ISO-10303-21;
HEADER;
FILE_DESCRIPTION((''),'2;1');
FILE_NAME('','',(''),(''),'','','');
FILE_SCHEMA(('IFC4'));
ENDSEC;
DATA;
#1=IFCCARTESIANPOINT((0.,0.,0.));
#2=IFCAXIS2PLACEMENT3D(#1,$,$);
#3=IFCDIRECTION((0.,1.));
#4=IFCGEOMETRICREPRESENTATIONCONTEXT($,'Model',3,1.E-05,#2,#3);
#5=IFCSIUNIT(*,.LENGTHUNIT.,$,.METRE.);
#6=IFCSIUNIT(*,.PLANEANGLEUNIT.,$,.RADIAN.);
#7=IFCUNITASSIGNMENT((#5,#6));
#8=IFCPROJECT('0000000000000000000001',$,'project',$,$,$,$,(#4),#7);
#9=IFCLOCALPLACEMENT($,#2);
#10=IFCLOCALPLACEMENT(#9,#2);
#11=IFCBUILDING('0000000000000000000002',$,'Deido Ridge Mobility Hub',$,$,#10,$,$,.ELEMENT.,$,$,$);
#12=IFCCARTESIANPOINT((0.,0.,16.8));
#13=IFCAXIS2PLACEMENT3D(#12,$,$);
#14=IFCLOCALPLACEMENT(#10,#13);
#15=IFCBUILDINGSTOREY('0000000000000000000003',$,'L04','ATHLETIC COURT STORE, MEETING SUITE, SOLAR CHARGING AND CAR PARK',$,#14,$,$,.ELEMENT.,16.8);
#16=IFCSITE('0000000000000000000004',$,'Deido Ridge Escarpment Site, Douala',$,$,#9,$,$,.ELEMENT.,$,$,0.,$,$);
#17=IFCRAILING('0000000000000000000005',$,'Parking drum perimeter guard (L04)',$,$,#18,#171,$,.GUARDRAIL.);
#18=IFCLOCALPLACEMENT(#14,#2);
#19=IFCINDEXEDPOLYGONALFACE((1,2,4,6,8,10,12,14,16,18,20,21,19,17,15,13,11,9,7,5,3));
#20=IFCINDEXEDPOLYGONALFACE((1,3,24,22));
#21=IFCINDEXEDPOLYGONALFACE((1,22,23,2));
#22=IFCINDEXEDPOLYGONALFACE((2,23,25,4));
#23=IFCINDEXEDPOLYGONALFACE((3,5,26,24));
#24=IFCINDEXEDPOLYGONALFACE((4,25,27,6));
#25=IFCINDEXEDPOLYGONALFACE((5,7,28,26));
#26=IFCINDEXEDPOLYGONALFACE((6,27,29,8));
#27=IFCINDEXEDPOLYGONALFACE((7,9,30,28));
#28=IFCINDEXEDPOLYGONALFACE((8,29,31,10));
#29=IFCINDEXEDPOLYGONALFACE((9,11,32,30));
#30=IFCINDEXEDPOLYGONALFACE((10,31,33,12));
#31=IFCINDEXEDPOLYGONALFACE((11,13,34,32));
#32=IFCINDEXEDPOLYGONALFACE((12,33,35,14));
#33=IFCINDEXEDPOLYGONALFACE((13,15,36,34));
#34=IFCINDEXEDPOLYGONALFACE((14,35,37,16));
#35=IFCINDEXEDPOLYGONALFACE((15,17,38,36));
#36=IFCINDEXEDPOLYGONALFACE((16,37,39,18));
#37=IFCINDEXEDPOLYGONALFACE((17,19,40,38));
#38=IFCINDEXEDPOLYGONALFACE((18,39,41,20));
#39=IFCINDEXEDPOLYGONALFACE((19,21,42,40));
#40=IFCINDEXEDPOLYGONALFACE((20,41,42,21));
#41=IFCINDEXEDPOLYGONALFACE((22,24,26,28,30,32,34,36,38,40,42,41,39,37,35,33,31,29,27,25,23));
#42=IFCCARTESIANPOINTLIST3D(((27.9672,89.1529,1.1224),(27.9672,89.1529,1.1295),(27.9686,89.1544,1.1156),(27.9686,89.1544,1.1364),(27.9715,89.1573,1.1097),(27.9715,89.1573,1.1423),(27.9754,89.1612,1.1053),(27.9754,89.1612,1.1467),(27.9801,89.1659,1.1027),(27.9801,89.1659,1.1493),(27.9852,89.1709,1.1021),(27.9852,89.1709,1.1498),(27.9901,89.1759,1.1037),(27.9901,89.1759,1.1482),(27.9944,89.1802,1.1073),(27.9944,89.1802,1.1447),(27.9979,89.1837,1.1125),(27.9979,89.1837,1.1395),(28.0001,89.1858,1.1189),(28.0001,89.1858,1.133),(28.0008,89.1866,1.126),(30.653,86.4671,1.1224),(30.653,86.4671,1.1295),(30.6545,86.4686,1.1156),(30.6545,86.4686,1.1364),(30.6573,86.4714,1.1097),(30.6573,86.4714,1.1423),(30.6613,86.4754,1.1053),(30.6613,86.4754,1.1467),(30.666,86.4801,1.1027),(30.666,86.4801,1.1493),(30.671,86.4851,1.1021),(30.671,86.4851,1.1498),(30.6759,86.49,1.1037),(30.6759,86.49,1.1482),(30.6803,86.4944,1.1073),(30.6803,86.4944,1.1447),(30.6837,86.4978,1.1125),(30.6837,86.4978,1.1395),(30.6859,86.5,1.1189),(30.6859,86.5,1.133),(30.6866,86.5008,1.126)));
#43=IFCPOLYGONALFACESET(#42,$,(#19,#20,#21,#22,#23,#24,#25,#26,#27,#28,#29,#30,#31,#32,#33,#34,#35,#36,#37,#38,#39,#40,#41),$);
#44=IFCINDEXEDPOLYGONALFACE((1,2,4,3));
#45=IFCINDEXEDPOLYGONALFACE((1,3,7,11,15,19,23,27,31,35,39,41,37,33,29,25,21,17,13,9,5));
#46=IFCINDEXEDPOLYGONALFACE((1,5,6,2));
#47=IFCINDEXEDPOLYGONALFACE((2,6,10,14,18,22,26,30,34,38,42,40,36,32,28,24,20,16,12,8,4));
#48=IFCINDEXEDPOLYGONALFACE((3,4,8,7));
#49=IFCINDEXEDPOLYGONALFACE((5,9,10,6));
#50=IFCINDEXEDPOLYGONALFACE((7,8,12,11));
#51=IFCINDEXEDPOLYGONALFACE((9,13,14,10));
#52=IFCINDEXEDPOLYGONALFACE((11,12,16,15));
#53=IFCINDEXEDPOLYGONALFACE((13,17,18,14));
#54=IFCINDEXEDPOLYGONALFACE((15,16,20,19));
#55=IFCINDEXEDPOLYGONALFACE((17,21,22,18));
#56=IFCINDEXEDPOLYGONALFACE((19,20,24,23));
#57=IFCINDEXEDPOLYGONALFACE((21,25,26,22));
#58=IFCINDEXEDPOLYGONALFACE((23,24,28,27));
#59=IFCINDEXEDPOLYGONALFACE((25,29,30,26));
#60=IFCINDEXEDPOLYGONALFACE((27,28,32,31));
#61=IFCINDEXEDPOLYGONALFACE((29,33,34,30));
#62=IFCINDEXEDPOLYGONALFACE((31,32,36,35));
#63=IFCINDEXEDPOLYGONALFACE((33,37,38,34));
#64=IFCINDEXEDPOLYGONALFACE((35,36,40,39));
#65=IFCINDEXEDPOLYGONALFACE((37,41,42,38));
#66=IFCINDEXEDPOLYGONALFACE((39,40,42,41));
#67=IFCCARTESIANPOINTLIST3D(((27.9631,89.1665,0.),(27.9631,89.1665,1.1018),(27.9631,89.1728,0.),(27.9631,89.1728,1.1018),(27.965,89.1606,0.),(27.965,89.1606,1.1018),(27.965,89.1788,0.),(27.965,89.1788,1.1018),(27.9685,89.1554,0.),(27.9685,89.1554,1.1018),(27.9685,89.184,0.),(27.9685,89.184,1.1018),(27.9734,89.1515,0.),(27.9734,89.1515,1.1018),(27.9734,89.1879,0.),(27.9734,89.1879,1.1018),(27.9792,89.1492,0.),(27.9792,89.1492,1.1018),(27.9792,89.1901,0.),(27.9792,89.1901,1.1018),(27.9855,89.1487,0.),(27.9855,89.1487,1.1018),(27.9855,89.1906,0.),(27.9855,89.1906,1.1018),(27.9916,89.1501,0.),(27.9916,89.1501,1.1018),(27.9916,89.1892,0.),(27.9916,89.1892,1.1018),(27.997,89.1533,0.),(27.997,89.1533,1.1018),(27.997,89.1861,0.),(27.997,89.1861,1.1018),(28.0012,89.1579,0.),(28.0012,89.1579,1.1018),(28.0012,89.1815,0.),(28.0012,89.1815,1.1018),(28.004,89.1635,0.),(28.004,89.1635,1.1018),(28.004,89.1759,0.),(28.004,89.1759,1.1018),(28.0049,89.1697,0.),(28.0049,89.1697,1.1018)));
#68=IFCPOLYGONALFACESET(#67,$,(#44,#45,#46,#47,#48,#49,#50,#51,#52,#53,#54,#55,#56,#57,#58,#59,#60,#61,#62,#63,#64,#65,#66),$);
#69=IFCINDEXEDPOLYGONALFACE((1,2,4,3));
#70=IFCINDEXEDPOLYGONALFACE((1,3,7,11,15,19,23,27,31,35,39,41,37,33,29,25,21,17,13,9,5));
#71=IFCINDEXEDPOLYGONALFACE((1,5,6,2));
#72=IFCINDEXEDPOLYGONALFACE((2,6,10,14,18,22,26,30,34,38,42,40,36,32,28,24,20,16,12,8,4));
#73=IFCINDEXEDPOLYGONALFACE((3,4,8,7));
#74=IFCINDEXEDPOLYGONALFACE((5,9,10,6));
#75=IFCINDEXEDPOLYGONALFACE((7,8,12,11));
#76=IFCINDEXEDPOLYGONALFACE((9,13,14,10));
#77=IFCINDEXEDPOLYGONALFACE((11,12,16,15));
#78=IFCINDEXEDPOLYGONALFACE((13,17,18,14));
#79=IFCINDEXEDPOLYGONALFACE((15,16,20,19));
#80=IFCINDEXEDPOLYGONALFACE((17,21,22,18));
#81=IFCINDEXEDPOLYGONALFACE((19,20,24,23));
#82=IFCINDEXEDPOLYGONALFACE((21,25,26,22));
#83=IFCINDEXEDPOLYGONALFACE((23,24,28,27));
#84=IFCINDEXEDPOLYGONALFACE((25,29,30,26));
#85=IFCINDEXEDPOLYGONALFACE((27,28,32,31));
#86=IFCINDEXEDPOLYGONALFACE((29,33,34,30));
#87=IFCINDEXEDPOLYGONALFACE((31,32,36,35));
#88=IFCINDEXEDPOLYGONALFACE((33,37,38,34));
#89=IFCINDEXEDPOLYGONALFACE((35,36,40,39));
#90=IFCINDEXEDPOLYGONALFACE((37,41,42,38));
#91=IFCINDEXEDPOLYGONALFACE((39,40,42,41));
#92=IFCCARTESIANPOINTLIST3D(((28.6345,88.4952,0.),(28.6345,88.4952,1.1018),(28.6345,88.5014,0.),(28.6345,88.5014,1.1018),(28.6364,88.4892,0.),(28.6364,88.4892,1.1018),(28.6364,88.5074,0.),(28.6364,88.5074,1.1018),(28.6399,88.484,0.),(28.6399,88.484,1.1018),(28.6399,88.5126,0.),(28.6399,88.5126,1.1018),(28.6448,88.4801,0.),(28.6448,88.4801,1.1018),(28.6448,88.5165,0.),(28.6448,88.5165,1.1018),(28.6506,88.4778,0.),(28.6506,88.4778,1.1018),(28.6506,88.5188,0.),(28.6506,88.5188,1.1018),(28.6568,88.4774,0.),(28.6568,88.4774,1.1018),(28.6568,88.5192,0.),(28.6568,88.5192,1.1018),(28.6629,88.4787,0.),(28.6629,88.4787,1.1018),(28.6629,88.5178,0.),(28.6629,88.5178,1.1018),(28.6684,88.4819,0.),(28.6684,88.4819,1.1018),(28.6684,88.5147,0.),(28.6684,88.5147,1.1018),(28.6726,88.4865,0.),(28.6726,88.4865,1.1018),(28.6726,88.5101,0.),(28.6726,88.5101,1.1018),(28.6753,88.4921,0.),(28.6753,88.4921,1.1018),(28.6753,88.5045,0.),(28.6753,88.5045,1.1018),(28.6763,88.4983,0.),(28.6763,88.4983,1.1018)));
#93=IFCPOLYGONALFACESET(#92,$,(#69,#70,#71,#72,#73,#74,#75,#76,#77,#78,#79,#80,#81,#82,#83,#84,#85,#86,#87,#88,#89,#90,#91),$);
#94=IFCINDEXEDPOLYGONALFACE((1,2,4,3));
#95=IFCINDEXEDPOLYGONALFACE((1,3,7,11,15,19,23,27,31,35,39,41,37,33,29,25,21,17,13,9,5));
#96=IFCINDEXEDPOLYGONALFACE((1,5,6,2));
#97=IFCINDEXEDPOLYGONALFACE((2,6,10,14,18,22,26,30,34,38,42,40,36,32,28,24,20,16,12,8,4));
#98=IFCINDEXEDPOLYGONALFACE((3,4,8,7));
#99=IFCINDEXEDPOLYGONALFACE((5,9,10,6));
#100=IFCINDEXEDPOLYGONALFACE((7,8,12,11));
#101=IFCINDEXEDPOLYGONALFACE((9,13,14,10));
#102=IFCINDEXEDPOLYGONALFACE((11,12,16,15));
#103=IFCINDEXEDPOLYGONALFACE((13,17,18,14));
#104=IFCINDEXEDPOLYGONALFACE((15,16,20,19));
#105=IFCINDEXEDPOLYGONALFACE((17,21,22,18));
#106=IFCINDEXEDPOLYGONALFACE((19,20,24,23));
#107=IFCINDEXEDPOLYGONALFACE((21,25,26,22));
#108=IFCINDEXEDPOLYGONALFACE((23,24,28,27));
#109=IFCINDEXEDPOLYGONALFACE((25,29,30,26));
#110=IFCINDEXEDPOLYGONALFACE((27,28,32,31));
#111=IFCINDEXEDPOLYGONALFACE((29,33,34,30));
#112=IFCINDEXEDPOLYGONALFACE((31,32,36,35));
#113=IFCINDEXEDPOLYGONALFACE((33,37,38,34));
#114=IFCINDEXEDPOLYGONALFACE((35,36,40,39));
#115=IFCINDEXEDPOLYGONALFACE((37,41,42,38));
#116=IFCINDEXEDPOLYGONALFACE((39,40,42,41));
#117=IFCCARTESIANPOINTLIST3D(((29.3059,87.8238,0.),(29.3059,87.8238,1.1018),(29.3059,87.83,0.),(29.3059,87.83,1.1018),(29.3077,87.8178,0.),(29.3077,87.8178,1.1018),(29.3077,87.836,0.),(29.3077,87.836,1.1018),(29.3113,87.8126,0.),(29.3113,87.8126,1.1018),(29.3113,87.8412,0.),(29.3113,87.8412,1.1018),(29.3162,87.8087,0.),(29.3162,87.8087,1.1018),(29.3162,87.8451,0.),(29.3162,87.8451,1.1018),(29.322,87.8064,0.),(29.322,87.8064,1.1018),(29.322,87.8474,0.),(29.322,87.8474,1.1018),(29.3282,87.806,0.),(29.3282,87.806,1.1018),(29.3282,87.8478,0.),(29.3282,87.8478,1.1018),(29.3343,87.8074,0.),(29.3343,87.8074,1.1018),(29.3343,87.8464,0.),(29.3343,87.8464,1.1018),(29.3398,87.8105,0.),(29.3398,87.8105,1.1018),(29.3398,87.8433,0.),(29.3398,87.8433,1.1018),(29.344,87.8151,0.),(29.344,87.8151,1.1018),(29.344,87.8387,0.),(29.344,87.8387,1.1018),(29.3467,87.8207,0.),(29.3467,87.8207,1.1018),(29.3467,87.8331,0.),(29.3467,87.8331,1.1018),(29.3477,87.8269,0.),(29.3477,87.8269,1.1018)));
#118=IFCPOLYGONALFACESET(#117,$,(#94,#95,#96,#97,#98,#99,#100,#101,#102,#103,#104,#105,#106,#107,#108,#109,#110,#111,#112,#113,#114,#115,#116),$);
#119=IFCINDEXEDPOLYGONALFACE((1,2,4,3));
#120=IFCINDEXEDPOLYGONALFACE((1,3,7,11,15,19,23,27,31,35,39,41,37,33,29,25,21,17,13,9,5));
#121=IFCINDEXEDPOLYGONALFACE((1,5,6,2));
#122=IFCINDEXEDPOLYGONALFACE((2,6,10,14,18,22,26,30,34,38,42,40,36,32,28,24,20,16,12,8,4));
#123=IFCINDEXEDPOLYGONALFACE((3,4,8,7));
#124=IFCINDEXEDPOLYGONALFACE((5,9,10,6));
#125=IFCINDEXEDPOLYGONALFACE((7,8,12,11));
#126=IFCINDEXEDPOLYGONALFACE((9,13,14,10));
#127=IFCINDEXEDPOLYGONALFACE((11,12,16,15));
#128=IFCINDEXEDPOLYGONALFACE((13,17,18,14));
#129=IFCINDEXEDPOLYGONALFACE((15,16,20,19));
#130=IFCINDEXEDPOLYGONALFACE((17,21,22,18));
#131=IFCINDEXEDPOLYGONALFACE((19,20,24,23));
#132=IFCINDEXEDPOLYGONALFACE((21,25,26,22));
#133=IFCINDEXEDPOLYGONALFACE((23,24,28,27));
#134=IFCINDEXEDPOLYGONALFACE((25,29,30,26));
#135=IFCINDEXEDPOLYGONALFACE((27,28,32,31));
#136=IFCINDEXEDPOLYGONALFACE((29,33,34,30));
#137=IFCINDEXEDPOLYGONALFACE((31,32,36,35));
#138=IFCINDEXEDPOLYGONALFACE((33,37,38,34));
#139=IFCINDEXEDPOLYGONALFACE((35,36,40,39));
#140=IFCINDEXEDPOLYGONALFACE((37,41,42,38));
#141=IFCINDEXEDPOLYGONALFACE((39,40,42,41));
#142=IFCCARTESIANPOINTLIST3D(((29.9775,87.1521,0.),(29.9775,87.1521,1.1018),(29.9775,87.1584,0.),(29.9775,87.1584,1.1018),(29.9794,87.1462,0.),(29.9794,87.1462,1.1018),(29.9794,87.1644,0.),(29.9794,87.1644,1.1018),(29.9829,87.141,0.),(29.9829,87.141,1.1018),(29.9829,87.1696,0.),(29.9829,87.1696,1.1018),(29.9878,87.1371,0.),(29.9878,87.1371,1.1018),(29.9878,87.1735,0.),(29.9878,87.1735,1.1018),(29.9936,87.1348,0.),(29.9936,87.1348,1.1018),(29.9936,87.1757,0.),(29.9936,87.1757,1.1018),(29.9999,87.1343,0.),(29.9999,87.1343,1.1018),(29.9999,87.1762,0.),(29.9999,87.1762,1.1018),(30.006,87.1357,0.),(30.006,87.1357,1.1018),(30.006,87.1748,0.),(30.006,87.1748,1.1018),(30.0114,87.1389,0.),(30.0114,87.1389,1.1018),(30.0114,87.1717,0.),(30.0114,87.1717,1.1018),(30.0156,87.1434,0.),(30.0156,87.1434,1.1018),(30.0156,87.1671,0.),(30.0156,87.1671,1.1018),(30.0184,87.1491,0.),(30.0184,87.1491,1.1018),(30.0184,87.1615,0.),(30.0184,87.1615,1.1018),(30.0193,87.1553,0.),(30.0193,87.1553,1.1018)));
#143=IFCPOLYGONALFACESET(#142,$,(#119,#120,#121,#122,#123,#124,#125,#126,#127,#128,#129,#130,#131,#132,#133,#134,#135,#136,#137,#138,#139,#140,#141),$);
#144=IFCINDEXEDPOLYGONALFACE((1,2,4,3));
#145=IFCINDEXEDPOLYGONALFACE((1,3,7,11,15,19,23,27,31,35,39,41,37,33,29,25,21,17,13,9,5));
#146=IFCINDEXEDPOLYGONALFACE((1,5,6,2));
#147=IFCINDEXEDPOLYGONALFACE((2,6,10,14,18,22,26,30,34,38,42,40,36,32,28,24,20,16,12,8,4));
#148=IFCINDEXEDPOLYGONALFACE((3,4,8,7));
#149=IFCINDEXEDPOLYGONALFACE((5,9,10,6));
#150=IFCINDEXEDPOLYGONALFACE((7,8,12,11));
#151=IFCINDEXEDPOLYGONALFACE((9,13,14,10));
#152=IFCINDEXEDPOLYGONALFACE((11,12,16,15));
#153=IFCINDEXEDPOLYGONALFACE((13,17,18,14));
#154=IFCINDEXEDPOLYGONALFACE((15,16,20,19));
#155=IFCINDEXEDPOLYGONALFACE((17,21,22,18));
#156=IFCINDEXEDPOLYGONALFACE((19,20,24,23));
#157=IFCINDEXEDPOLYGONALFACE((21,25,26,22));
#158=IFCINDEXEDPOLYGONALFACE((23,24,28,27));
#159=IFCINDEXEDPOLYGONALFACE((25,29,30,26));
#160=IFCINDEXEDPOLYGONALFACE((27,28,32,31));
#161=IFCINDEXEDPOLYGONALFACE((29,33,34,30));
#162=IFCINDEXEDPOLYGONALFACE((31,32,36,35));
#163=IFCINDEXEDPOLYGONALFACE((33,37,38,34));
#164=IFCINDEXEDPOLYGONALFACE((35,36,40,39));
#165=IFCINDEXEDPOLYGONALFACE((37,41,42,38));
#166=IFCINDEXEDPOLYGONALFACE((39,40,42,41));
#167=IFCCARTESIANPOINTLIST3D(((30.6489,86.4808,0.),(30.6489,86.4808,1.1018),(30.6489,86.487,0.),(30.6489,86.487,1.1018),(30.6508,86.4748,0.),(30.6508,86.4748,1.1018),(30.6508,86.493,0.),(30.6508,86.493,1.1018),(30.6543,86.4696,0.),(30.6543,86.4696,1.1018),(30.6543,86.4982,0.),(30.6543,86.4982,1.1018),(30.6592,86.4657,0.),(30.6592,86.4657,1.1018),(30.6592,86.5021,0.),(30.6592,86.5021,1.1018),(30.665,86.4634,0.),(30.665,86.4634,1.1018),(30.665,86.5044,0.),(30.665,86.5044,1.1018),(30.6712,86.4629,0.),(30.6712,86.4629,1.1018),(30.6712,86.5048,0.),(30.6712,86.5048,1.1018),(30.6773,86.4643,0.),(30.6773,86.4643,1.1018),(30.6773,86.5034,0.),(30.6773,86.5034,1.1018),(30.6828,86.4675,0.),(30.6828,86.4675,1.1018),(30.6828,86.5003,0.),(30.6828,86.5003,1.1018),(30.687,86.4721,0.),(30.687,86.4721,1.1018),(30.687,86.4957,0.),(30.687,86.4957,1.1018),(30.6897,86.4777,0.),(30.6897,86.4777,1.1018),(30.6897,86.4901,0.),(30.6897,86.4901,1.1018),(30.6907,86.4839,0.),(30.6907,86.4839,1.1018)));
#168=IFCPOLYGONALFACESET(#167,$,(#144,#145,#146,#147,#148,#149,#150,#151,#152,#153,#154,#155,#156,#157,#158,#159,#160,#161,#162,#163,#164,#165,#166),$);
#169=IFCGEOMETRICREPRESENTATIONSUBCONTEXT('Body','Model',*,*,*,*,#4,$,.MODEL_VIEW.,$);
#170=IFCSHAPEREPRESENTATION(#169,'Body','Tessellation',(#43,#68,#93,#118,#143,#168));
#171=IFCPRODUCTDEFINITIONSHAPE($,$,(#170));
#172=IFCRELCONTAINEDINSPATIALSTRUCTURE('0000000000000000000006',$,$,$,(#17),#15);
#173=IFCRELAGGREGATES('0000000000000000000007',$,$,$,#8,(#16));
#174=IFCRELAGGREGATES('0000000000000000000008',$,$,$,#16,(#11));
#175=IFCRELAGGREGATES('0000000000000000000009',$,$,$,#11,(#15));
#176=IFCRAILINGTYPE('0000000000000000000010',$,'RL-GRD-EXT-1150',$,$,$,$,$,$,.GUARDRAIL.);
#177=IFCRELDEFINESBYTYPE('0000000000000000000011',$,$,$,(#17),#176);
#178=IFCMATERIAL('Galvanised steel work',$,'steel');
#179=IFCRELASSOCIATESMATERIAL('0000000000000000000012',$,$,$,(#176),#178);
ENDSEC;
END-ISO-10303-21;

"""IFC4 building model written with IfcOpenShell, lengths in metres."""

from ifc_helpers import new_model, si_unit, direction, frame, origin, origin_2d, place, context, subcontext, project, spatial, circle, extrude, material, type_object, element, save


model = new_model("IFC4")

# Units and contexts
model_context = context("Model", 3, precision=1e-05, world=origin(), true_north=direction((0.0, 1.0)))
body_context = subcontext(model_context, "Body", "Model", "MODEL_VIEW")
ifc_project = project(units=[si_unit("LENGTHUNIT", "METRE"), si_unit("PLANEANGLEUNIT", "RADIAN")], contexts=[model_context])

# Site, building, storey
site_placement = place(None, origin())
site = spatial("IfcSite", under=ifc_project, at=site_placement, Name="Deido Ridge Escarpment Site, Douala", CompositionType="ELEMENT", RefElevation=0.0)
building_placement = place(site_placement, origin())
building = spatial("IfcBuilding", under=site, at=building_placement, Name="Deido Ridge Mobility Hub", CompositionType="ELEMENT")
storey_placement = place(building_placement, frame((0.0, 0.0, 16.8)))
storey = spatial("IfcBuildingStorey", under=building, at=storey_placement, Name="L04", Description="ATHLETIC COURT STORE, MEETING SUITE, SOLAR CHARGING AND CAR PARK", CompositionType="ELEMENT", Elevation=16.8)

# Railing
ifc_material_1 = material(Name="Galvanised steel work", Category="steel")
railing_type = type_object("IfcRailingType", Name="RL-GRD-EXT-1150", PredefinedType="GUARDRAIL", material=ifc_material_1)
railing_1_placement = place(storey_placement, frame((27.9839, 89.1697, 0.0)))
element("IfcRailing", 1, at=railing_1_placement, inside=storey, type_object=railing_type, Name="Parking drum perimeter guard (L04)", PredefinedType="GUARDRAIL", context=body_context, shape_type="SweptSolid", body=[
    extrude(circle(Radius=0.0239, at=origin_2d()), frame((0.0, 0.0, 1.126), z_axis=(0.707107, -0.707107, 0.0), x_axis=(0.707107, 0.707107, 0.0)), (0.0, 0.0, 1.0), 3.7983),
    extrude(circle(Radius=0.021, at=origin_2d()), origin(), (0.0, 0.0, 1.0), 1.1018),
    extrude(circle(Radius=0.021, at=origin_2d()), frame((0.6714, -0.6714, 0.0)), (0.0, 0.0, 1.0), 1.1018),
    extrude(circle(Radius=0.021, at=origin_2d()), frame((1.3428, -1.3428, 0.0)), (0.0, 0.0, 1.0), 1.1018),
    extrude(circle(Radius=0.021, at=origin_2d()), frame((2.0144, -2.0144, 0.0)), (0.0, 0.0, 1.0), 1.1018),
    extrude(circle(Radius=0.021, at=origin_2d()), frame((2.6858, -2.6858, 0.0)), (0.0, 0.0, 1.0), 1.1018),
])

save(model, "model.ifc")
